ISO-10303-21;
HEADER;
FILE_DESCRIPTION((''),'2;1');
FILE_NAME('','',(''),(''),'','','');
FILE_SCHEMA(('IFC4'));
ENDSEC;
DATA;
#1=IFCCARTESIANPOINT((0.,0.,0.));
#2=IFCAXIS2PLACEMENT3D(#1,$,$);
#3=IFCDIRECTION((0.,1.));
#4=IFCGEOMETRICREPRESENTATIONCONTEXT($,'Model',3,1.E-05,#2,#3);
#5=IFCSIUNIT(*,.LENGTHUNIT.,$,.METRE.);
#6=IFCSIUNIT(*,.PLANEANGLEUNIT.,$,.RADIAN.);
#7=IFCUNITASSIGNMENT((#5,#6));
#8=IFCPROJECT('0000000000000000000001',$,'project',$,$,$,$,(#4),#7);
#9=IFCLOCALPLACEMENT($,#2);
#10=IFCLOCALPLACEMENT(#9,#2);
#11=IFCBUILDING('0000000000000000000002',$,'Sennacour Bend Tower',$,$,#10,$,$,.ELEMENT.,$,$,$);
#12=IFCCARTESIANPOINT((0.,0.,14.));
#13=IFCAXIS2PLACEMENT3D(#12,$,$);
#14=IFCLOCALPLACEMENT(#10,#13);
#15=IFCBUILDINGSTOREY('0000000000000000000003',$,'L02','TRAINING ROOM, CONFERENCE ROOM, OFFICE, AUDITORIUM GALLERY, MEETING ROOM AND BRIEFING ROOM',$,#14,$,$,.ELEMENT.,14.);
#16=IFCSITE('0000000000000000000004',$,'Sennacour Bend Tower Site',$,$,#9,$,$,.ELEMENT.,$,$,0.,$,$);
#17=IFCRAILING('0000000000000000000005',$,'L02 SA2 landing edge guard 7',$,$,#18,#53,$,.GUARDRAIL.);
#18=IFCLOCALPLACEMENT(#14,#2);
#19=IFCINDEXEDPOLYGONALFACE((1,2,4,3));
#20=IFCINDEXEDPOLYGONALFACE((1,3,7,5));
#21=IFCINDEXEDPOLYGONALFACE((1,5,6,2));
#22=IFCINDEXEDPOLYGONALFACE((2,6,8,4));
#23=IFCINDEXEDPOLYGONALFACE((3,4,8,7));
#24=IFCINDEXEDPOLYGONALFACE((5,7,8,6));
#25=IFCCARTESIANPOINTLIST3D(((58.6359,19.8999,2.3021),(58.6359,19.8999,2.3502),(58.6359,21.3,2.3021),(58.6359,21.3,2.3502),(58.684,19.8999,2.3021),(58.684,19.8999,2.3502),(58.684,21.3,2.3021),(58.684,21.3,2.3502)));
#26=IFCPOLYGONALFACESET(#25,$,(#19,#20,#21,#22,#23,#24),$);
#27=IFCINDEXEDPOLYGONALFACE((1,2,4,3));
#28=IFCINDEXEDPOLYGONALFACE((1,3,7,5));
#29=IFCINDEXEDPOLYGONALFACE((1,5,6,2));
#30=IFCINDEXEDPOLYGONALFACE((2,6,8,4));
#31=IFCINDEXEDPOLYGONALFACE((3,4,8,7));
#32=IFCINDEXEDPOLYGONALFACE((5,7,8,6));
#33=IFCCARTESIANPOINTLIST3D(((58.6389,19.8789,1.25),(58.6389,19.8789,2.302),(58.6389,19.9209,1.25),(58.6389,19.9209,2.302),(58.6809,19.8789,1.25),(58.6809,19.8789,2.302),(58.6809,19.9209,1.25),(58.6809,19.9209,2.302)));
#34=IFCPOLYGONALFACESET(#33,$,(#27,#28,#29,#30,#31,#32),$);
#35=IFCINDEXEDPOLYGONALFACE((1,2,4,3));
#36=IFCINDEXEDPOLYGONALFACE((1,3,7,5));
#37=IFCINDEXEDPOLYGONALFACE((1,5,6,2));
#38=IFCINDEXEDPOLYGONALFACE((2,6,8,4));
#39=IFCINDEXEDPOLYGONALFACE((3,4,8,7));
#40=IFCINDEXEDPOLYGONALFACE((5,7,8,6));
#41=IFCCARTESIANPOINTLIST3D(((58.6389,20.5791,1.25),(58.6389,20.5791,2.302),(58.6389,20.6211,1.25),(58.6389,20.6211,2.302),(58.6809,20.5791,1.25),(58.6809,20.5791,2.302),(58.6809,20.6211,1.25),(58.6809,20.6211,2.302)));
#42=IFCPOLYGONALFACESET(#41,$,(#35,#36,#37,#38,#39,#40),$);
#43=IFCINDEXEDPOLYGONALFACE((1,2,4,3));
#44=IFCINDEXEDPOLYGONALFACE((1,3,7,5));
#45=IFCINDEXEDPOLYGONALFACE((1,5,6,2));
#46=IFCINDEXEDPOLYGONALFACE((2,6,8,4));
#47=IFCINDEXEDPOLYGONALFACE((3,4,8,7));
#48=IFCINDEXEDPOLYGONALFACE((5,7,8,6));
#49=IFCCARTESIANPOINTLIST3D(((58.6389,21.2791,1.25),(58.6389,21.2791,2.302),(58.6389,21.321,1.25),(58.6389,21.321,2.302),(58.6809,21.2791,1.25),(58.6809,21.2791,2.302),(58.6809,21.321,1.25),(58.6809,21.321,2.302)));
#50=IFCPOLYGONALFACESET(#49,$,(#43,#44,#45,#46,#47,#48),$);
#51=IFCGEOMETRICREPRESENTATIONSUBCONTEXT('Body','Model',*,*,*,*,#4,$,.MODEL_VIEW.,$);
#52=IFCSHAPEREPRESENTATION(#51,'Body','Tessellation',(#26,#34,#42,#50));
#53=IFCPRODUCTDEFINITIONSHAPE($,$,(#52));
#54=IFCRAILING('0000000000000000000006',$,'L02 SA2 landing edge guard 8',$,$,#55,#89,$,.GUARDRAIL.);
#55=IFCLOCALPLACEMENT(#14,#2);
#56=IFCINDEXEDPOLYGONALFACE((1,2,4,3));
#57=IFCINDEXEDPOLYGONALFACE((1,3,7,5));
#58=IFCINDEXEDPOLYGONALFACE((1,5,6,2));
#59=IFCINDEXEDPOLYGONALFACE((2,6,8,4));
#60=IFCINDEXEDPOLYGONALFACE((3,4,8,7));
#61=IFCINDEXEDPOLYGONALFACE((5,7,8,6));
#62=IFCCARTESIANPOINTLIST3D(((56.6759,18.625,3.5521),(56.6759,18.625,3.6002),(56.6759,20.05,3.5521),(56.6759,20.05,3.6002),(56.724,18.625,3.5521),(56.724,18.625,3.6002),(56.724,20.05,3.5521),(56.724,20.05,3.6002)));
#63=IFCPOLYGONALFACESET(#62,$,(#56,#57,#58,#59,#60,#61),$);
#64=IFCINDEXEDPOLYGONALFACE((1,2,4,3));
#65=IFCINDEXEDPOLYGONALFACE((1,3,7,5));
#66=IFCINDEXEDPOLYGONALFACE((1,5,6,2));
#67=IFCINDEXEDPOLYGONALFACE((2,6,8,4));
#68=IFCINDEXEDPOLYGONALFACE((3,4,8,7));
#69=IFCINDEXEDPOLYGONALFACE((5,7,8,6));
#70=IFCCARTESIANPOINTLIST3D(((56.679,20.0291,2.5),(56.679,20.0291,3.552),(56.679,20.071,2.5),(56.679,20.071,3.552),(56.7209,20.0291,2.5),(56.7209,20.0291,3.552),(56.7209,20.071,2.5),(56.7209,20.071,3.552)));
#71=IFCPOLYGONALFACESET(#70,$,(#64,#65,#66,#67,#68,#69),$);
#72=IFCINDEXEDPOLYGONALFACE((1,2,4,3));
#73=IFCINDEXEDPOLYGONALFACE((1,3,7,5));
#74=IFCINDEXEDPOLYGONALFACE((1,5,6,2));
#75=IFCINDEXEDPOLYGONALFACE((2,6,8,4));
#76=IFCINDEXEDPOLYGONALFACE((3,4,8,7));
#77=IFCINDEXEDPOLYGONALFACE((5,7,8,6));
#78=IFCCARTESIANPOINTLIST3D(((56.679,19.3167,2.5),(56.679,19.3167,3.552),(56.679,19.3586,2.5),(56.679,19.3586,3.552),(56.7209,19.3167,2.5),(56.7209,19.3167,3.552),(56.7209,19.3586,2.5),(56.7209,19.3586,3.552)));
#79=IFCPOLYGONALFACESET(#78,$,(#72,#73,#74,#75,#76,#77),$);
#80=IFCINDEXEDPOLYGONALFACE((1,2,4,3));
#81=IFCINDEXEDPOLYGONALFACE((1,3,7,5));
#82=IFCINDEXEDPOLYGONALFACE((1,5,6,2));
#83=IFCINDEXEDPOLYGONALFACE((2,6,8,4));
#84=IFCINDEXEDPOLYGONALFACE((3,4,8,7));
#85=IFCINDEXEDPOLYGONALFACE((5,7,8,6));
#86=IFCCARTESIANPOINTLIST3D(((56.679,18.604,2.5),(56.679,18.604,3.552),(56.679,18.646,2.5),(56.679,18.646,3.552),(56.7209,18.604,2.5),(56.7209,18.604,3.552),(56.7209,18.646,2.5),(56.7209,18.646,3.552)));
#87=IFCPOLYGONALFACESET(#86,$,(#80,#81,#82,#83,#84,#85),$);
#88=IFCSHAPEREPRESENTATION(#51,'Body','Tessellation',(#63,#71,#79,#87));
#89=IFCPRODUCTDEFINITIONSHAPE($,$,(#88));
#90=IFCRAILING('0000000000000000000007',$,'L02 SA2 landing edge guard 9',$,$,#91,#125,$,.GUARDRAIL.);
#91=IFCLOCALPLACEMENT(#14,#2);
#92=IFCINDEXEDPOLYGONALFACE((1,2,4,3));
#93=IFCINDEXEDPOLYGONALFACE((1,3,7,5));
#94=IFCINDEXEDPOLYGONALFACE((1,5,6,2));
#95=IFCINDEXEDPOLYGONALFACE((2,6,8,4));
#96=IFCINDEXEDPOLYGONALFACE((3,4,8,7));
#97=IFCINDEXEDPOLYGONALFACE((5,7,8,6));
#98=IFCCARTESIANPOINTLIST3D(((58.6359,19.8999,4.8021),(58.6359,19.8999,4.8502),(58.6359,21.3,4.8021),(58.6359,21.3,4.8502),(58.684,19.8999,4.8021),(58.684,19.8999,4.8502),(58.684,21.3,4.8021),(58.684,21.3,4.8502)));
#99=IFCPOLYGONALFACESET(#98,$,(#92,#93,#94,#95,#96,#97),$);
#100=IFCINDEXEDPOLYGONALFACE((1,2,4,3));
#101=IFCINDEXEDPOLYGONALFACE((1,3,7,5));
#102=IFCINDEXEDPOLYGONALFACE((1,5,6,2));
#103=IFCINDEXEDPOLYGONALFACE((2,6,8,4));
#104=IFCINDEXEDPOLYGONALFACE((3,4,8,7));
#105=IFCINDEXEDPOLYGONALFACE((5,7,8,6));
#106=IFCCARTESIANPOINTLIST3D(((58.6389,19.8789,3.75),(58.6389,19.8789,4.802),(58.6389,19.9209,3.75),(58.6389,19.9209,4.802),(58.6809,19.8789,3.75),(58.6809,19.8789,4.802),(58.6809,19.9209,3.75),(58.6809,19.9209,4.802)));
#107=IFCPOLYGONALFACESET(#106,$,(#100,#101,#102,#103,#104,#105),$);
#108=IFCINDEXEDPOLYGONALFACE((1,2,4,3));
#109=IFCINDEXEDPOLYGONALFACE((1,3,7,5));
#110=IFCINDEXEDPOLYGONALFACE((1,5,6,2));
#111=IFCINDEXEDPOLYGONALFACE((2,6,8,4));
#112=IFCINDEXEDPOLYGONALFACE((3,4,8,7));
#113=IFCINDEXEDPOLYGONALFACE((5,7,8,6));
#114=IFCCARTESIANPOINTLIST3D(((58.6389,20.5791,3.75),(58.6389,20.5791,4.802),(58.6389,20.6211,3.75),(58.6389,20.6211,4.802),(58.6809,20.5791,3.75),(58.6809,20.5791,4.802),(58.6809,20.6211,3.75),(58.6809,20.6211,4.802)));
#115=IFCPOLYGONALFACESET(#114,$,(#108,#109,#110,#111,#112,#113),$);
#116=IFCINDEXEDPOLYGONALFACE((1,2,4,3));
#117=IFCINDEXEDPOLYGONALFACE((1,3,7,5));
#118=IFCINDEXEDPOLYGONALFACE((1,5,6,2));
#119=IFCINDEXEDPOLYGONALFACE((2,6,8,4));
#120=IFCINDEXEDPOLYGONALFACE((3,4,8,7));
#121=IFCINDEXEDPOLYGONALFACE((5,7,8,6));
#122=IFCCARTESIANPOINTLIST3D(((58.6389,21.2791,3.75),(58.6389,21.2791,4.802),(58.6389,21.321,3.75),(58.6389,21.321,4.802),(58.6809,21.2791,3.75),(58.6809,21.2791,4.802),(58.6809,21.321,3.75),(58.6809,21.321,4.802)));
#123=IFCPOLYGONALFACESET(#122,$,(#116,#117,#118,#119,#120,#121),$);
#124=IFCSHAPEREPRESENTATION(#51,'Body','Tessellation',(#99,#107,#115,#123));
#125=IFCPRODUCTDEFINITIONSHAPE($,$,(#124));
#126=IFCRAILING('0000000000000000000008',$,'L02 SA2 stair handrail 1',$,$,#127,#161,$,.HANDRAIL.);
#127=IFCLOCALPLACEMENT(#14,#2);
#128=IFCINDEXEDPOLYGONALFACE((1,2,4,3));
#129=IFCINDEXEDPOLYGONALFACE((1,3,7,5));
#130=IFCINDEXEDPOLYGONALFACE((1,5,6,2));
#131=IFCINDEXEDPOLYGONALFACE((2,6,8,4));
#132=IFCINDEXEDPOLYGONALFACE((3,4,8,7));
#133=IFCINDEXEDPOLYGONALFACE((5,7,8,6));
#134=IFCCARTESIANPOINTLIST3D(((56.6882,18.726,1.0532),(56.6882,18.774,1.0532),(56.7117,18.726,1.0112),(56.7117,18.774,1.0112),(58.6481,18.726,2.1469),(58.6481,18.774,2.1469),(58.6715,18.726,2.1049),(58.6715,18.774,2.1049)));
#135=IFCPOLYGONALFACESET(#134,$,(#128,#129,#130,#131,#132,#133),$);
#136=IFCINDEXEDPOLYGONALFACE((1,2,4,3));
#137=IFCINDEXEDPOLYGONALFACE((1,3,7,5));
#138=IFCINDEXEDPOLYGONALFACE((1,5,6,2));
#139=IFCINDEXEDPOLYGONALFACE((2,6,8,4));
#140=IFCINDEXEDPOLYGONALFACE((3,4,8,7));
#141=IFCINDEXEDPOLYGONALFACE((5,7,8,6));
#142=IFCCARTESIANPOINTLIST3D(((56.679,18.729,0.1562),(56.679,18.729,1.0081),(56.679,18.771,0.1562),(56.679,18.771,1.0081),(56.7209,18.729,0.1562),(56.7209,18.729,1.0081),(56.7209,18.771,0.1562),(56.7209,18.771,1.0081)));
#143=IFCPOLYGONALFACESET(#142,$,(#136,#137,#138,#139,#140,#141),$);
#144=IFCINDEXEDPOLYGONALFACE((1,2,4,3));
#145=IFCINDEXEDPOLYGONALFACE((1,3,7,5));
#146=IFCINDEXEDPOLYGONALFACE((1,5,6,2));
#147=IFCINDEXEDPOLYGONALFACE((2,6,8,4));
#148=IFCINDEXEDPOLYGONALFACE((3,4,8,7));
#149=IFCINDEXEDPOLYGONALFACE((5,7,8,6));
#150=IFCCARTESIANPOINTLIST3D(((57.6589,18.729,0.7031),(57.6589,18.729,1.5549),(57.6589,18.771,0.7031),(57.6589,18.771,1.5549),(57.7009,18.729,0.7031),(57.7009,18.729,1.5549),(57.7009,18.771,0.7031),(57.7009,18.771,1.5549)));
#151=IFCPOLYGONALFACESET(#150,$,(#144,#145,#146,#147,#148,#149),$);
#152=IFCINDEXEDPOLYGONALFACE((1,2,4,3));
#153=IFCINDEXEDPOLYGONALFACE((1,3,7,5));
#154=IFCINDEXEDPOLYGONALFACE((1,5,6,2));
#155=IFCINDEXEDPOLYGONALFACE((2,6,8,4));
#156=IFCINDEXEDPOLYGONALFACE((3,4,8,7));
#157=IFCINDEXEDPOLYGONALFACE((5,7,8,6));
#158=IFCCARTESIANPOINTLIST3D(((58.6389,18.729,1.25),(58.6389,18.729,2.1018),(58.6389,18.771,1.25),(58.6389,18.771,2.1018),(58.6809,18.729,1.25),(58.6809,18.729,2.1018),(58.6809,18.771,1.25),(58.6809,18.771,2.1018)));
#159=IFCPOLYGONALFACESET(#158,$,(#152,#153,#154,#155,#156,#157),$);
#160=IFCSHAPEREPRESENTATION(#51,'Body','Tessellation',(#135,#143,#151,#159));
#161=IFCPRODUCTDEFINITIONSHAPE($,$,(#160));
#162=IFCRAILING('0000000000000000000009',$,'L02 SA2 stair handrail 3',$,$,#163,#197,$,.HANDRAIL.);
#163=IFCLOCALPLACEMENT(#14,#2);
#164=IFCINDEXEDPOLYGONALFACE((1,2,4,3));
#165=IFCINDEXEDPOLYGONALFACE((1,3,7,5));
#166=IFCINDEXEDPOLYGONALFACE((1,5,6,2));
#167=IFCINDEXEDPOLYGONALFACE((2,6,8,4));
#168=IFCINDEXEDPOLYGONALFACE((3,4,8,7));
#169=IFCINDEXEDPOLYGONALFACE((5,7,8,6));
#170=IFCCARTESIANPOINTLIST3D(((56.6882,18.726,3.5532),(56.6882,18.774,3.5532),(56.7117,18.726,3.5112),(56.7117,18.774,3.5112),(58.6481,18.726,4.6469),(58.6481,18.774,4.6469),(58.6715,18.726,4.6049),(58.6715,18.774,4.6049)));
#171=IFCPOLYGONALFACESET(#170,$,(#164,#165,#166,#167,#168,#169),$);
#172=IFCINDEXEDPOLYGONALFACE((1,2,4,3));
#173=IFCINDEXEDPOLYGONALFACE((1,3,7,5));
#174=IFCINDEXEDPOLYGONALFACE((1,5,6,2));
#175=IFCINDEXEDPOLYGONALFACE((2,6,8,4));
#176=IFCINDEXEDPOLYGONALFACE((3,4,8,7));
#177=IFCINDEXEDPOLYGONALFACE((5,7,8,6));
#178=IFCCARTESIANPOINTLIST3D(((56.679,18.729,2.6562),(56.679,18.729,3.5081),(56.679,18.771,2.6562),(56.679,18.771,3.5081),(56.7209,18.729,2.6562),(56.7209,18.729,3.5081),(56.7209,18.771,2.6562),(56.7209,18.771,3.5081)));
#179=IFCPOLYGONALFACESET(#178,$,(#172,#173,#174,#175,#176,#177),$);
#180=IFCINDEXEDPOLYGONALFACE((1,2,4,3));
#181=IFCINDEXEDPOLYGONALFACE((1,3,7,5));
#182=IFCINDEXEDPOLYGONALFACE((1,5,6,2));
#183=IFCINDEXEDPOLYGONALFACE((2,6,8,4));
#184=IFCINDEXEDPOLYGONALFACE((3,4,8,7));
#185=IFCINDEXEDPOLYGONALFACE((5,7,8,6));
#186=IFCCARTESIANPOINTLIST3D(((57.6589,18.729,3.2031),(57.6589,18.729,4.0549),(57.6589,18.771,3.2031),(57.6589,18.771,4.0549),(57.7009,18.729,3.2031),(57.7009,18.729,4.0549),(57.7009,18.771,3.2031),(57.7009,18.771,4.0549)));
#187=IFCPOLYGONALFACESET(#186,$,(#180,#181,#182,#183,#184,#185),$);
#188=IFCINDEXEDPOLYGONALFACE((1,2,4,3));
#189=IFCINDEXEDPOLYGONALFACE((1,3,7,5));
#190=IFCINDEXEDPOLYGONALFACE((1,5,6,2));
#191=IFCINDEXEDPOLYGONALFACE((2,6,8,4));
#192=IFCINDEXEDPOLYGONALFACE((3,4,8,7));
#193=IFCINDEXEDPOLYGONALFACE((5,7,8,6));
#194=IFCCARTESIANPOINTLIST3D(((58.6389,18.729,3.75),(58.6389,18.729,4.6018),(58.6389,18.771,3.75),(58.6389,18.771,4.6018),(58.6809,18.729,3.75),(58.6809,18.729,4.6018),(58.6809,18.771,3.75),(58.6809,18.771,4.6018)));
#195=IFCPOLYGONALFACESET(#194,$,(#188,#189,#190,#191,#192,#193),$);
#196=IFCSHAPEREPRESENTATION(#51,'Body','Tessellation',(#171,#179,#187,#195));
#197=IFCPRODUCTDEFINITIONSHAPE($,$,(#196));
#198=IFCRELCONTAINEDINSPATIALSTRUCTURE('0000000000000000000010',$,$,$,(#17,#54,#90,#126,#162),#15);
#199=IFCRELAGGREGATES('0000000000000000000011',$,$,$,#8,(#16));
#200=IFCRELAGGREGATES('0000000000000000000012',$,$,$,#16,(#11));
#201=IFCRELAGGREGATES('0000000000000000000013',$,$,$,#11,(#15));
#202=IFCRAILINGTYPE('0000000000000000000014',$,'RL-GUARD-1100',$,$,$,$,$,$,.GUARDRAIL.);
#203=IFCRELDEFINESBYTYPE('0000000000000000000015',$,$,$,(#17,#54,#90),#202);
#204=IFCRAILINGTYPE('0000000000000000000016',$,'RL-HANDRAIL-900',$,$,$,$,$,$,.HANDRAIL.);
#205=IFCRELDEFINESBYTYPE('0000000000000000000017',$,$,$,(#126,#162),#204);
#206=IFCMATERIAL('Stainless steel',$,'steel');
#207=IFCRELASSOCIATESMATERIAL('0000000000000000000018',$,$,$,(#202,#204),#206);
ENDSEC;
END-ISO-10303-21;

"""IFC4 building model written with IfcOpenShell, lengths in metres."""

from ifc_helpers import new_model, si_unit, direction, frame, origin, origin_2d, place, context, subcontext, project, spatial, rectangle, extrude, material, type_object, element, save


model = new_model("IFC4")

# Units and contexts
model_context = context("Model", 3, precision=1e-05, world=origin(), true_north=direction((0.0, 1.0)))
body_context = subcontext(model_context, "Body", "Model", "MODEL_VIEW")
ifc_project = project(units=[si_unit("LENGTHUNIT", "METRE"), si_unit("PLANEANGLEUNIT", "RADIAN")], contexts=[model_context])

# Site, building, storey
site_placement = place(None, origin())
site = spatial("IfcSite", under=ifc_project, at=site_placement, Name="Sennacour Bend Tower Site", CompositionType="ELEMENT", RefElevation=0.0)
building_placement = place(site_placement, origin())
building = spatial("IfcBuilding", under=site, at=building_placement, Name="Sennacour Bend Tower", CompositionType="ELEMENT")
storey_placement = place(building_placement, frame((0.0, 0.0, 14.0)))
storey = spatial("IfcBuildingStorey", under=building, at=storey_placement, Name="L02", Description="TRAINING ROOM, CONFERENCE ROOM, OFFICE, AUDITORIUM GALLERY, MEETING ROOM AND BRIEFING ROOM", CompositionType="ELEMENT", Elevation=14.0)

# Shared definitions
ifc_material_1 = material(Name="Stainless steel", Category="steel")

# Railings
railing_type_1 = type_object("IfcRailingType", Name="RL-GUARD-1100", PredefinedType="GUARDRAIL", material=ifc_material_1)
railing_1_placement = place(storey_placement, frame((58.6599, 19.8999, 1.25)))
element("IfcRailing", 1, at=railing_1_placement, inside=storey, type_object=railing_type_1, Name="L02 SA2 landing edge guard 7", PredefinedType="GUARDRAIL", context=body_context, shape_type="SweptSolid", body=[
    extrude(rectangle(XDim=0.0481, YDim=0.0481, at=origin_2d()), frame((0.0, 0.0, 1.0762), z_axis=(0.0, 1.0, 0.0), x_axis=(-1.0, 0.0, 0.0)), (0.0, 0.0, 1.0), 1.4001),
    extrude(rectangle(XDim=0.042, YDim=0.042, at=origin_2d()), origin(), (0.0, 0.0, 1.0), 1.052),
    extrude(rectangle(XDim=0.042, YDim=0.042, at=origin_2d()), frame((0.0, 0.7002, 0.0)), (0.0, 0.0, 1.0), 1.052),
    extrude(rectangle(XDim=0.042, YDim=0.042, at=origin_2d()), frame((0.0, 1.4001, 0.0)), (0.0, 0.0, 1.0), 1.052),
])
railing_2_placement = place(storey_placement, frame((56.7, 20.05, 2.5)))
element("IfcRailing", 2, at=railing_2_placement, inside=storey, type_object=railing_type_1, Name="L02 SA2 landing edge guard 8", PredefinedType="GUARDRAIL", context=body_context, shape_type="SweptSolid", body=[
    extrude(rectangle(XDim=0.0481, YDim=0.0481, at=origin_2d()), frame((0.0, 0.0, 1.0762), z_axis=(0.0, -1.0, 0.0), x_axis=(1.0, 0.0, 0.0)), (0.0, 0.0, 1.0), 1.425),
    extrude(rectangle(XDim=0.042, YDim=0.042, at=origin_2d()), origin(), (0.0, 0.0, 1.0), 1.052),
    extrude(rectangle(XDim=0.042, YDim=0.042, at=origin_2d()), frame((0.0, -0.7124, 0.0)), (0.0, 0.0, 1.0), 1.052),
    extrude(rectangle(XDim=0.042, YDim=0.042, at=origin_2d()), frame((0.0, -1.425, 0.0)), (0.0, 0.0, 1.0), 1.052),
])
railing_3_placement = place(storey_placement, frame((58.6599, 19.8999, 3.75)))
element("IfcRailing", 3, at=railing_3_placement, inside=storey, type_object=railing_type_1, Name="L02 SA2 landing edge guard 9", PredefinedType="GUARDRAIL", context=body_context, shape_type="SweptSolid", body=[
    extrude(rectangle(XDim=0.0481, YDim=0.0481, at=origin_2d()), frame((0.0, 0.0, 1.0762), z_axis=(0.0, 1.0, 0.0), x_axis=(-1.0, 0.0, 0.0)), (0.0, 0.0, 1.0), 1.4001),
    extrude(rectangle(XDim=0.042, YDim=0.042, at=origin_2d()), origin(), (0.0, 0.0, 1.0), 1.052),
    extrude(rectangle(XDim=0.042, YDim=0.042, at=origin_2d()), frame((0.0, 0.7002, 0.0)), (0.0, 0.0, 1.0), 1.052),
    extrude(rectangle(XDim=0.042, YDim=0.042, at=origin_2d()), frame((0.0, 1.4001, 0.0)), (0.0, 0.0, 1.0), 1.052),
])
railing_type_2 = type_object("IfcRailingType", Name="RL-HANDRAIL-900", PredefinedType="HANDRAIL", material=ifc_material_1)
for number, where, name in (
    (4, (56.7, 18.75, 0.1562), "L02 SA2 stair handrail 1"),
    (5, (56.7, 18.75, 2.6562), "L02 SA2 stair handrail 3"),
):
    element("IfcRailing", number, at=place(storey_placement, frame(where)), inside=storey, type_object=railing_type_2, Name=name, PredefinedType="HANDRAIL", context=body_context, shape_type="SweptSolid", body=[
        extrude(rectangle(XDim=0.0481, YDim=0.0481, at=origin_2d()), frame((0.0, 0.0, 0.876), z_axis=(0.873232, 0.0, 0.487304), x_axis=(0.0, 1.0, 0.0)), (0.0, 0.0, 1.0), 2.2444),
        extrude(rectangle(XDim=0.042, YDim=0.042, at=origin_2d()), origin(), (0.0, 0.0, 1.0), 0.8518),
        extrude(rectangle(XDim=0.042, YDim=0.042, at=origin_2d()), frame((0.98, 0.0, 0.5469)), (0.0, 0.0, 1.0), 0.8518),
        extrude(rectangle(XDim=0.042, YDim=0.042, at=origin_2d()), frame((1.96, 0.0, 1.0938)), (0.0, 0.0, 1.0), 0.8518),
    ])

save(model, "model.ifc")
